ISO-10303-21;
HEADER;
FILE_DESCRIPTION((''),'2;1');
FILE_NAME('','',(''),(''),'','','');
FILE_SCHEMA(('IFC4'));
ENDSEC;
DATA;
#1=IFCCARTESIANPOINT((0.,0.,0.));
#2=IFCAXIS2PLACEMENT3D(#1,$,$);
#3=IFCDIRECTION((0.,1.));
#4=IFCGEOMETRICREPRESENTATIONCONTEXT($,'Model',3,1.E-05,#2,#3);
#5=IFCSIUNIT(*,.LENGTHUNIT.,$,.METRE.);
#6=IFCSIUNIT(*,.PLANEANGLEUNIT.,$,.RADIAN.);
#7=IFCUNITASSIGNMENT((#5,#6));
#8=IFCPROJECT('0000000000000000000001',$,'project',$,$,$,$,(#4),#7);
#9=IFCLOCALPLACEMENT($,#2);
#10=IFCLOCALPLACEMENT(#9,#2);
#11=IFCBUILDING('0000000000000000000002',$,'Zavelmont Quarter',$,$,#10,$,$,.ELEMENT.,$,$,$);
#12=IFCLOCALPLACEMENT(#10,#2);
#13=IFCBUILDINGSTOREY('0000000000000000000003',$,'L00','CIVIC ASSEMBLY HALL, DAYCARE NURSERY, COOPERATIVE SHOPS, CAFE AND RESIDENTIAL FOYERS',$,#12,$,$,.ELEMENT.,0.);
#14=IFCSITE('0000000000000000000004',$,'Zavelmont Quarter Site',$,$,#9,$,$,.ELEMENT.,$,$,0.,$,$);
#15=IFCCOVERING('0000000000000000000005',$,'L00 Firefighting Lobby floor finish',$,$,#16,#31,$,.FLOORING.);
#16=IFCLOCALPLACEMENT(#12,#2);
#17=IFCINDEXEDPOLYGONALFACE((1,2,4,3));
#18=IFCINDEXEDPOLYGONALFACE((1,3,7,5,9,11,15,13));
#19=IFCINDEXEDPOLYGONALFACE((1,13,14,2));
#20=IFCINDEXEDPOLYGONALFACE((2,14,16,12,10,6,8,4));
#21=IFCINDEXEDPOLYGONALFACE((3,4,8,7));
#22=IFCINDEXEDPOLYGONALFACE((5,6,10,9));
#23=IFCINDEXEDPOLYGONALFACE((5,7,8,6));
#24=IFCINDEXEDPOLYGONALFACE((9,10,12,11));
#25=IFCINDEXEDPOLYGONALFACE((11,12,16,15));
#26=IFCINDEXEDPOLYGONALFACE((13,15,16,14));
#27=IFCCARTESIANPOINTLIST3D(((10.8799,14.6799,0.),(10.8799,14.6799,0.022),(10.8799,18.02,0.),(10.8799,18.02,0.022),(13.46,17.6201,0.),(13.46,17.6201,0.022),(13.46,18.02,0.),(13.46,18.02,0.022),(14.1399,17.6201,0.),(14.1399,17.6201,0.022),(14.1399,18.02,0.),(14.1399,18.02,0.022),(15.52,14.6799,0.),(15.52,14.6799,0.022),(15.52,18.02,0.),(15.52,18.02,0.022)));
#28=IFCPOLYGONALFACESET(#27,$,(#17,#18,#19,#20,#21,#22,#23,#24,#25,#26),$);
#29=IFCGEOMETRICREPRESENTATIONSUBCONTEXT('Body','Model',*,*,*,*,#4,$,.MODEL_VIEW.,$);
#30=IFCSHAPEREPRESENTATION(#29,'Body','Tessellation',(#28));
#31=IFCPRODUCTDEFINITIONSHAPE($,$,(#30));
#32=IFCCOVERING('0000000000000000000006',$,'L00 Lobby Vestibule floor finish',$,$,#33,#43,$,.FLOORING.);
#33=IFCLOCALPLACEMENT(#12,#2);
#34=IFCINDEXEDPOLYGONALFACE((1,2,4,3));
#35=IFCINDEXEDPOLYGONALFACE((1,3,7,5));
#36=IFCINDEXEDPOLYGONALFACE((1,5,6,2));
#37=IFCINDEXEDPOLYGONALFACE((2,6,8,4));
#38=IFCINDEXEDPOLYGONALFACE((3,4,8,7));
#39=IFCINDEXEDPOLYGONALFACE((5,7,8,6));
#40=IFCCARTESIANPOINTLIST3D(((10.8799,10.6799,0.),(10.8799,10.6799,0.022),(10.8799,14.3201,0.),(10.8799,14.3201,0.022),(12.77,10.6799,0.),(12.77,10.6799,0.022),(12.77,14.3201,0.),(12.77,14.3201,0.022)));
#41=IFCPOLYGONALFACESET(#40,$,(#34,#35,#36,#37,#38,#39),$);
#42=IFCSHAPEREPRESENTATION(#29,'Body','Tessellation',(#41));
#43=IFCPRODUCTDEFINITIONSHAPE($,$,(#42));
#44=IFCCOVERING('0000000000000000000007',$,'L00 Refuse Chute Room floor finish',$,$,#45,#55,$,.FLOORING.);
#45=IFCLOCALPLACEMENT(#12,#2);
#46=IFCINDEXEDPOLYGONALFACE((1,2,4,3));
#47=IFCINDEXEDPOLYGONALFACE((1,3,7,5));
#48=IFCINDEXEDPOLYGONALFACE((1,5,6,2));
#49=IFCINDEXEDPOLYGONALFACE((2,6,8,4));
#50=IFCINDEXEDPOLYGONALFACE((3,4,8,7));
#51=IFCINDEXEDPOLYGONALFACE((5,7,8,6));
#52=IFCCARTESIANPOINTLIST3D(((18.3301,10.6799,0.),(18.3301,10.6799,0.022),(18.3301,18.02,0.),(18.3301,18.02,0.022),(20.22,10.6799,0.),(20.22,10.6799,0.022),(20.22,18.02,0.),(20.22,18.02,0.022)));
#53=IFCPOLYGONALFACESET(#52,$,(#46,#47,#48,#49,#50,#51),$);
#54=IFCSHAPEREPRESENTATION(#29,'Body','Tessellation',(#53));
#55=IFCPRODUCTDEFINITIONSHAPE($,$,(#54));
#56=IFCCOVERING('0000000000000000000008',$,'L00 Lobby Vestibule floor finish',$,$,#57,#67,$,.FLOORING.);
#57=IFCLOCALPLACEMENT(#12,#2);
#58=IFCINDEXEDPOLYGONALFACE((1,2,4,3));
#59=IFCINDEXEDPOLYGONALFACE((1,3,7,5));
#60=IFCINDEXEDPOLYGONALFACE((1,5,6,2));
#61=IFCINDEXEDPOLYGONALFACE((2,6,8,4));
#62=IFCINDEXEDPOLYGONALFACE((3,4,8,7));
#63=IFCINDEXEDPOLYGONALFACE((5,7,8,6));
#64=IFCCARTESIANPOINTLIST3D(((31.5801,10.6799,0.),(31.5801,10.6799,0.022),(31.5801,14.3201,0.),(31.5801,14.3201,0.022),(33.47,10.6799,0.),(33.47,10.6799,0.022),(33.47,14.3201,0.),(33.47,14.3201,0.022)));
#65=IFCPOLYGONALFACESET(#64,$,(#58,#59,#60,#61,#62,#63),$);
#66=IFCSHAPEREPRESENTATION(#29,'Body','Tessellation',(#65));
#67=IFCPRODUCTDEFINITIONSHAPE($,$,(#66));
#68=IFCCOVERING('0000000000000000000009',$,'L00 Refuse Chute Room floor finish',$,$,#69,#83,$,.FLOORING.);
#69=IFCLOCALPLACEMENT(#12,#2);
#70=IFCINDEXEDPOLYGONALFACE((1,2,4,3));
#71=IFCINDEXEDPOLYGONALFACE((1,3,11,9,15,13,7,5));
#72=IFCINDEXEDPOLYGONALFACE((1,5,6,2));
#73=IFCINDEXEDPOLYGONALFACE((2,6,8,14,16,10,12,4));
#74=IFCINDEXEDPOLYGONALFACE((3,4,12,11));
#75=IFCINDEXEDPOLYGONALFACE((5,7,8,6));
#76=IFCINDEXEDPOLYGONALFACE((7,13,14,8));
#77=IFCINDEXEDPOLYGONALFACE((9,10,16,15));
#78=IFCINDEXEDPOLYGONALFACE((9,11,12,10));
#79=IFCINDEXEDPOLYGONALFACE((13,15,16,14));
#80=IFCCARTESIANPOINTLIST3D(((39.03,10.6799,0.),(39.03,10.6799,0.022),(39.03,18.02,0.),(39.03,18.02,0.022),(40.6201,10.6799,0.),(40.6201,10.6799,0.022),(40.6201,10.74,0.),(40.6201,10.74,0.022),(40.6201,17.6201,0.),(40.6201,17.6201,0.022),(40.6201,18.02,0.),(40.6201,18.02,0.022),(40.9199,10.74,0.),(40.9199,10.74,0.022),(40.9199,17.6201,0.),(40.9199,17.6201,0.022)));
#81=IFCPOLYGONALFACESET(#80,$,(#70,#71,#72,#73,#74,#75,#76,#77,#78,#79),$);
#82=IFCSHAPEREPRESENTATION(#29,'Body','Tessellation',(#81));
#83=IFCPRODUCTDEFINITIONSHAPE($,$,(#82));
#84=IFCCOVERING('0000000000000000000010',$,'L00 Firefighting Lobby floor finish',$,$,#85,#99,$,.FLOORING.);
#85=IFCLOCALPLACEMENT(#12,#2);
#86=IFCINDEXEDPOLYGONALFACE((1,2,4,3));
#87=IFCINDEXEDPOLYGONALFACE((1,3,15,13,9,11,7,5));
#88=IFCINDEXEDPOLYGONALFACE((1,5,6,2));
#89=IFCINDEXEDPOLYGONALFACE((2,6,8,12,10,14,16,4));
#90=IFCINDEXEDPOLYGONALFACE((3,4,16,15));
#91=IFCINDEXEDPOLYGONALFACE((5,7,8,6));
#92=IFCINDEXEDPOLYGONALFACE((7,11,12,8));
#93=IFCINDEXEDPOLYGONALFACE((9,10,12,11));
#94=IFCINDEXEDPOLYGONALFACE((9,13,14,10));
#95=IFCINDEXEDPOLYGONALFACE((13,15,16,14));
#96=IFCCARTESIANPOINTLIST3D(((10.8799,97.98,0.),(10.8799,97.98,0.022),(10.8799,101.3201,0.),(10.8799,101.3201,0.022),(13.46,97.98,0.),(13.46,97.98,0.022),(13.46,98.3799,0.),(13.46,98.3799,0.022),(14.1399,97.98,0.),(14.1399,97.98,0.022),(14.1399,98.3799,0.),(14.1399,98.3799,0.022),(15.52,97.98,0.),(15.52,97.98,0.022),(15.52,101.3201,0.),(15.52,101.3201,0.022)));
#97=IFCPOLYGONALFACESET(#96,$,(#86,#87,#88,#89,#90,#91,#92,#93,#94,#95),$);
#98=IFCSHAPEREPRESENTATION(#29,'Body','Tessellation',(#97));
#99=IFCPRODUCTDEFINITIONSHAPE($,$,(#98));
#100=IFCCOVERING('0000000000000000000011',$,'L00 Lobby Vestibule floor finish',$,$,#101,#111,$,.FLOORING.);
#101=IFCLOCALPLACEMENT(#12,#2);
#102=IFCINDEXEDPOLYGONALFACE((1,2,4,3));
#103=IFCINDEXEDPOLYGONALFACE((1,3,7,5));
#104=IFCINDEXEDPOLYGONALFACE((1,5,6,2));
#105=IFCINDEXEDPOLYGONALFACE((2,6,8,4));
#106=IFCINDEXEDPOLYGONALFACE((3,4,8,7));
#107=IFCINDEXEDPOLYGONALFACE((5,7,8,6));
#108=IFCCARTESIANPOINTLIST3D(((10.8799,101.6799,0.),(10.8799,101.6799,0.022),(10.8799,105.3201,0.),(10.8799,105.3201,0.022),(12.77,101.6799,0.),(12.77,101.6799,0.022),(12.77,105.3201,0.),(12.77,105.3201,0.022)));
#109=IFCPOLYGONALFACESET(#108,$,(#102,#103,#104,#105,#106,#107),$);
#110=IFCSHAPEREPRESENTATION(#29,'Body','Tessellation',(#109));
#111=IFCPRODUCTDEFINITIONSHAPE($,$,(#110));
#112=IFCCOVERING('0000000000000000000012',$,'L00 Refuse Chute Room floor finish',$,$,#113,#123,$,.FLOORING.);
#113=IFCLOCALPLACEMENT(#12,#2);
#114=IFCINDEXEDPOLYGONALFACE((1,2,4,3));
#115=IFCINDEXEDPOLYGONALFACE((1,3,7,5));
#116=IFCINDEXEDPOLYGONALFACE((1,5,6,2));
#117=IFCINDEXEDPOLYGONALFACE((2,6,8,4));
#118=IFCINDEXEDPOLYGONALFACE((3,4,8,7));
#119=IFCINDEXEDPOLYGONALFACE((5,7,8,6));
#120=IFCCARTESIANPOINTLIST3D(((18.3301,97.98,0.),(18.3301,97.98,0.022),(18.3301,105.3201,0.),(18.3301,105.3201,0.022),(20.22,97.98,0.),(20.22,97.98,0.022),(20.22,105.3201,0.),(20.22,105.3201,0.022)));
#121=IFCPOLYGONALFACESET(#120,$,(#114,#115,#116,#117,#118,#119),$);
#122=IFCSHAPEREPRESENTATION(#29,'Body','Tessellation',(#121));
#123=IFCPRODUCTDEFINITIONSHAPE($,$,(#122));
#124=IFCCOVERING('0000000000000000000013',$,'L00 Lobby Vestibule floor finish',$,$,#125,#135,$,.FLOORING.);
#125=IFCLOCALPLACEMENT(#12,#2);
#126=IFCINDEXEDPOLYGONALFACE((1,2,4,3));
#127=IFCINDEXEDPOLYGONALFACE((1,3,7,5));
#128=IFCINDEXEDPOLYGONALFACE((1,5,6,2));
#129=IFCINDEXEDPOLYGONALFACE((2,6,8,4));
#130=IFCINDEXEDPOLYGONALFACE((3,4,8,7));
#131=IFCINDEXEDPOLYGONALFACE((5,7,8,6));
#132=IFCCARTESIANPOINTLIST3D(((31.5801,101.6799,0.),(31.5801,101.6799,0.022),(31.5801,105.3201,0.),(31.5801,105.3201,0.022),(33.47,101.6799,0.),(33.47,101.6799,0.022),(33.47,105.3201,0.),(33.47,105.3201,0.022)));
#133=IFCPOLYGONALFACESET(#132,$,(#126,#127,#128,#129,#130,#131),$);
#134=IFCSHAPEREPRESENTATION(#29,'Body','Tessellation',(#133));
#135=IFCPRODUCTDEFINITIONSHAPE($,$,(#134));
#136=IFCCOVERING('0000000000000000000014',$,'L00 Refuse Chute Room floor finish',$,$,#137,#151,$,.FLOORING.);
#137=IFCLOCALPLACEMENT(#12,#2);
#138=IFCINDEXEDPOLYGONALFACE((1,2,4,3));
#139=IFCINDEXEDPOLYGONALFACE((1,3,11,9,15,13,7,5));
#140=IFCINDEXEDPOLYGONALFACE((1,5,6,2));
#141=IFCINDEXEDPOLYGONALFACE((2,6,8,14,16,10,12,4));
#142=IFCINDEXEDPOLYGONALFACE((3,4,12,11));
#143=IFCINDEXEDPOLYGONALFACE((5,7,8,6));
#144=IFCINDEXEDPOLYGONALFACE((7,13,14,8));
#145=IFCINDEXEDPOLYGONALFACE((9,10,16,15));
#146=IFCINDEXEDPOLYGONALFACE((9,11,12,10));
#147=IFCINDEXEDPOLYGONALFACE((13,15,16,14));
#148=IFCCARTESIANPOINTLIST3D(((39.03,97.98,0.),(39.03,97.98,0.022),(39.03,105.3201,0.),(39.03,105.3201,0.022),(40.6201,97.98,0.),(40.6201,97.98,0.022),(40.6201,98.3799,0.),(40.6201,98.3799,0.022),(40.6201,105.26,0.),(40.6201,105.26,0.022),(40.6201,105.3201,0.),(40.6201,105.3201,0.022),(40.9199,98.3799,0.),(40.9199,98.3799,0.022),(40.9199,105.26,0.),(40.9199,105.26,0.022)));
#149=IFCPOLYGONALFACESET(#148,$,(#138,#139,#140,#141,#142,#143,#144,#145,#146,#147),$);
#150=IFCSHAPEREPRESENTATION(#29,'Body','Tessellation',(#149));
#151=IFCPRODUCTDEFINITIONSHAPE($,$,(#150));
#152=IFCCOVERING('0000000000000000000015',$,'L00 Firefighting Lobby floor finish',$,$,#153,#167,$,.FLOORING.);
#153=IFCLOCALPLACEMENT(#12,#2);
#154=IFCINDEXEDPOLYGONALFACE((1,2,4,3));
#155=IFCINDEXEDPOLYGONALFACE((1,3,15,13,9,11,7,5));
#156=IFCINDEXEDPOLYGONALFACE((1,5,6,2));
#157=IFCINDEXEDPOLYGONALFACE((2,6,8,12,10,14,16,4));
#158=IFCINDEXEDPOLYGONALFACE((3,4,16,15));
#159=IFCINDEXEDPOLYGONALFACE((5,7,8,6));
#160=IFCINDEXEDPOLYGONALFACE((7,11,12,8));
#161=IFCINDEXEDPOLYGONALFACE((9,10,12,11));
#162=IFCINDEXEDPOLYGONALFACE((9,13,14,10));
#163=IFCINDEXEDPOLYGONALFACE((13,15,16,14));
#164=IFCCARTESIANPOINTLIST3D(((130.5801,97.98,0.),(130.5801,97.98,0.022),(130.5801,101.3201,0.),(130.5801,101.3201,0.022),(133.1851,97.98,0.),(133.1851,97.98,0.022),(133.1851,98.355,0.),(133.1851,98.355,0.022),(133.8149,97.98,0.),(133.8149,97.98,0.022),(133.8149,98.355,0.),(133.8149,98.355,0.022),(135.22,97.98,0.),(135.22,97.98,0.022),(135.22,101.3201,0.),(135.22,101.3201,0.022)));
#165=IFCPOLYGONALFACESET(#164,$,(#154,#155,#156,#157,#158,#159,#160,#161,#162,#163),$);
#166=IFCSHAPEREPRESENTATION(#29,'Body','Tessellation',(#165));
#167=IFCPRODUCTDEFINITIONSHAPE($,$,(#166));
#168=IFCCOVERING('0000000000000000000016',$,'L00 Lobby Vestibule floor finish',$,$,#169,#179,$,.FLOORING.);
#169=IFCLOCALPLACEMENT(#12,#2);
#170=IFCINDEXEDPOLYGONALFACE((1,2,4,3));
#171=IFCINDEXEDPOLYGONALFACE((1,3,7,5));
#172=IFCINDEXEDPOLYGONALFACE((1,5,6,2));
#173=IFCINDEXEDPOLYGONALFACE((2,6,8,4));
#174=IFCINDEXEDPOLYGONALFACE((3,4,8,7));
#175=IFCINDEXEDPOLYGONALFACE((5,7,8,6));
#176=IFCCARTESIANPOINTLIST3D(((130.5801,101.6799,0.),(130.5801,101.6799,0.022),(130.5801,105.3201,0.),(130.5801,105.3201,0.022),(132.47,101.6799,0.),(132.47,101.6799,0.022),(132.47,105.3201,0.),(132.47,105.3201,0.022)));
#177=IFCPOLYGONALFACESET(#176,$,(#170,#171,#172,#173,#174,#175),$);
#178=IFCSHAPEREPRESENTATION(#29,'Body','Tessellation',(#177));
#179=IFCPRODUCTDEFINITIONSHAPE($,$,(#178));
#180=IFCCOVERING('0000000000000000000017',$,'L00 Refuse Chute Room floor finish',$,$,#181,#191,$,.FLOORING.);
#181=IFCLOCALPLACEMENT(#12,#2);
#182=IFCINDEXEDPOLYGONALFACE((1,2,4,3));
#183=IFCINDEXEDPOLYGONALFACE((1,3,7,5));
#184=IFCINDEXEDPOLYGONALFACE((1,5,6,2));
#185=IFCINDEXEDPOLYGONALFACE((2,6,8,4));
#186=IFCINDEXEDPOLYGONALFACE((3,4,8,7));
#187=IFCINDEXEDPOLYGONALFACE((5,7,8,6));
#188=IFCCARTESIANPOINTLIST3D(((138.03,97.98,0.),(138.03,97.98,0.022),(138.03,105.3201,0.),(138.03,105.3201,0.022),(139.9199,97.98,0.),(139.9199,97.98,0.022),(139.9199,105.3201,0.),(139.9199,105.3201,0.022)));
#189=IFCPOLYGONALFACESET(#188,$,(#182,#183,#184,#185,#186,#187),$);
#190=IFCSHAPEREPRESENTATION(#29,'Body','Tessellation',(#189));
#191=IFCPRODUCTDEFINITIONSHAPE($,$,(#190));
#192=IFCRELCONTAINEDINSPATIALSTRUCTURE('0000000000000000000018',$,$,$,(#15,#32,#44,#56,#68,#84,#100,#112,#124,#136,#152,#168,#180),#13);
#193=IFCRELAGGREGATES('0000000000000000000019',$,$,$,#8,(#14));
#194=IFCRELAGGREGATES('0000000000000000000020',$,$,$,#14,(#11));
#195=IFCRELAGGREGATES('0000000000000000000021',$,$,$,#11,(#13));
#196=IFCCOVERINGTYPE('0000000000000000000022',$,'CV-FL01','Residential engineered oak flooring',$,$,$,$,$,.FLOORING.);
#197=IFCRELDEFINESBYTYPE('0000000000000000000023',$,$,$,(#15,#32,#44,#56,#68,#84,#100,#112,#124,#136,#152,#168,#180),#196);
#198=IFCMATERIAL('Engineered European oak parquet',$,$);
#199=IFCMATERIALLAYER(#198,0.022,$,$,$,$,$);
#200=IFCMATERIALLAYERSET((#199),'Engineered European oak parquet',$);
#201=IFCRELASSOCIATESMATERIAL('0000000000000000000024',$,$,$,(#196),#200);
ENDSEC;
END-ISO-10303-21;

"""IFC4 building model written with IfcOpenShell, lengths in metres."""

from ifc_helpers import new_model, si_unit, direction, origin, place, context, subcontext, project, spatial, polyline, outline, extrude, material, layer, layer_set, type_object, element, save


model = new_model("IFC4")

# Units and contexts
model_context = context("Model", 3, precision=1e-05, world=origin(), true_north=direction((0.0, 1.0)))
body_context = subcontext(model_context, "Body", "Model", "MODEL_VIEW")
ifc_project = project(units=[si_unit("LENGTHUNIT", "METRE"), si_unit("PLANEANGLEUNIT", "RADIAN")], contexts=[model_context])

# Site, building, storey
site_placement = place(None, origin())
site = spatial("IfcSite", under=ifc_project, at=site_placement, Name="Zavelmont Quarter Site", CompositionType="ELEMENT", RefElevation=0.0)
building_placement = place(site_placement, origin())
building = spatial("IfcBuilding", under=site, at=building_placement, Name="Zavelmont Quarter", CompositionType="ELEMENT")
storey_placement = place(building_placement, origin())
storey = spatial("IfcBuildingStorey", under=building, at=storey_placement, Name="L00", Description="CIVIC ASSEMBLY HALL, DAYCARE NURSERY, COOPERATIVE SHOPS, CAFE AND RESIDENTIAL FOYERS", CompositionType="ELEMENT", Elevation=0.0)

# Coverings
ifc_material_1 = material(Name="Engineered European oak parquet")
ifc_layer_1 = layer(ifc_material_1, 0.022)
ifc_layer_set_1 = layer_set([ifc_layer_1], Name="Engineered European oak parquet")
covering_type_1 = type_object("IfcCoveringType", Name="CV-FL01", Description="Residential engineered oak flooring", PredefinedType="FLOORING", material=ifc_layer_set_1)
covering_1_placement = place(storey_placement, origin())
element("IfcCovering", 1, at=covering_1_placement, inside=storey, type_object=covering_type_1, Name="L00 Firefighting Lobby floor finish", PredefinedType="FLOORING", context=body_context, shape_type="SweptSolid", body=[
    extrude(outline(polyline([(10.8799, 18.02), (13.46, 18.02), (13.46, 17.6201), (14.1399, 17.6201), (14.1399, 18.02), (15.52, 18.02), (15.52, 14.6799), (10.8799, 14.6799), (10.8799, 18.02)])), origin(), (0.0, 0.0, 1.0), 0.022),
])
covering_2_placement = place(storey_placement, origin())
element("IfcCovering", 2, at=covering_2_placement, inside=storey, type_object=covering_type_1, Name="L00 Lobby Vestibule floor finish", PredefinedType="FLOORING", context=body_context, shape_type="SweptSolid", body=[
    extrude(outline(polyline([(10.8799, 14.3201), (12.77, 14.3201), (12.77, 10.6799), (10.8799, 10.6799), (10.8799, 14.3201)])), origin(), (0.0, 0.0, 1.0), 0.022),
])
covering_3_placement = place(storey_placement, origin())
element("IfcCovering", 3, at=covering_3_placement, inside=storey, type_object=covering_type_1, Name="L00 Refuse Chute Room floor finish", PredefinedType="FLOORING", context=body_context, shape_type="SweptSolid", body=[
    extrude(outline(polyline([(18.3301, 18.02), (20.22, 18.02), (20.22, 10.6799), (18.3301, 10.6799), (18.3301, 18.02)])), origin(), (0.0, 0.0, 1.0), 0.022),
])
covering_4_placement = place(storey_placement, origin())
element("IfcCovering", 4, at=covering_4_placement, inside=storey, type_object=covering_type_1, Name="L00 Lobby Vestibule floor finish", PredefinedType="FLOORING", context=body_context, shape_type="SweptSolid", body=[
    extrude(outline(polyline([(31.5801, 14.3201), (33.47, 14.3201), (33.47, 10.6799), (31.5801, 10.6799), (31.5801, 14.3201)])), origin(), (0.0, 0.0, 1.0), 0.022),
])
covering_5_placement = place(storey_placement, origin())
element("IfcCovering", 5, at=covering_5_placement, inside=storey, type_object=covering_type_1, Name="L00 Refuse Chute Room floor finish", PredefinedType="FLOORING", context=body_context, shape_type="SweptSolid", body=[
    extrude(outline(polyline([(39.03, 18.02), (40.6201, 18.02), (40.6201, 17.6201), (40.9199, 17.6201), (40.9199, 10.74), (40.6201, 10.74), (40.6201, 10.6799), (39.03, 10.6799), (39.03, 18.02)])), origin(), (0.0, 0.0, 1.0), 0.022),
])
covering_6_placement = place(storey_placement, origin())
element("IfcCovering", 6, at=covering_6_placement, inside=storey, type_object=covering_type_1, Name="L00 Firefighting Lobby floor finish", PredefinedType="FLOORING", context=body_context, shape_type="SweptSolid", body=[
    extrude(outline(polyline([(10.8799, 101.3201), (15.52, 101.3201), (15.52, 97.98), (14.1399, 97.98), (14.1399, 98.3799), (13.46, 98.3799), (13.46, 97.98), (10.8799, 97.98), (10.8799, 101.3201)])), origin(), (0.0, 0.0, 1.0), 0.022),
])
covering_7_placement = place(storey_placement, origin())
element("IfcCovering", 7, at=covering_7_placement, inside=storey, type_object=covering_type_1, Name="L00 Lobby Vestibule floor finish", PredefinedType="FLOORING", context=body_context, shape_type="SweptSolid", body=[
    extrude(outline(polyline([(10.8799, 105.3201), (12.77, 105.3201), (12.77, 101.6799), (10.8799, 101.6799), (10.8799, 105.3201)])), origin(), (0.0, 0.0, 1.0), 0.022),
])
covering_8_placement = place(storey_placement, origin())
element("IfcCovering", 8, at=covering_8_placement, inside=storey, type_object=covering_type_1, Name="L00 Refuse Chute Room floor finish", PredefinedType="FLOORING", context=body_context, shape_type="SweptSolid", body=[
    extrude(outline(polyline([(18.3301, 105.3201), (20.22, 105.3201), (20.22, 97.98), (18.3301, 97.98), (18.3301, 105.3201)])), origin(), (0.0, 0.0, 1.0), 0.022),
])
covering_9_placement = place(storey_placement, origin())
element("IfcCovering", 9, at=covering_9_placement, inside=storey, type_object=covering_type_1, Name="L00 Lobby Vestibule floor finish", PredefinedType="FLOORING", context=body_context, shape_type="SweptSolid", body=[
    extrude(outline(polyline([(31.5801, 105.3201), (33.47, 105.3201), (33.47, 101.6799), (31.5801, 101.6799), (31.5801, 105.3201)])), origin(), (0.0, 0.0, 1.0), 0.022),
])
covering_10_placement = place(storey_placement, origin())
element("IfcCovering", 10, at=covering_10_placement, inside=storey, type_object=covering_type_1, Name="L00 Refuse Chute Room floor finish", PredefinedType="FLOORING", context=body_context, shape_type="SweptSolid", body=[
    extrude(outline(polyline([(39.03, 105.3201), (40.6201, 105.3201), (40.6201, 105.26), (40.9199, 105.26), (40.9199, 98.3799), (40.6201, 98.3799), (40.6201, 97.98), (39.03, 97.98), (39.03, 105.3201)])), origin(), (0.0, 0.0, 1.0), 0.022),
])
covering_11_placement = place(storey_placement, origin())
element("IfcCovering", 11, at=covering_11_placement, inside=storey, type_object=covering_type_1, Name="L00 Firefighting Lobby floor finish", PredefinedType="FLOORING", context=body_context, shape_type="SweptSolid", body=[
    extrude(outline(polyline([(130.5801, 101.3201), (135.22, 101.3201), (135.22, 97.98), (133.8149, 97.98), (133.8149, 98.355), (133.1851, 98.355), (133.1851, 97.98), (130.5801, 97.98), (130.5801, 101.3201)])), origin(), (0.0, 0.0, 1.0), 0.022),
])
covering_12_placement = place(storey_placement, origin())
element("IfcCovering", 12, at=covering_12_placement, inside=storey, type_object=covering_type_1, Name="L00 Lobby Vestibule floor finish", PredefinedType="FLOORING", context=body_context, shape_type="SweptSolid", body=[
    extrude(outline(polyline([(130.5801, 105.3201), (132.47, 105.3201), (132.47, 101.6799), (130.5801, 101.6799), (130.5801, 105.3201)])), origin(), (0.0, 0.0, 1.0), 0.022),
])
covering_13_placement = place(storey_placement, origin())
element("IfcCovering", 13, at=covering_13_placement, inside=storey, type_object=covering_type_1, Name="L00 Refuse Chute Room floor finish", PredefinedType="FLOORING", context=body_context, shape_type="SweptSolid", body=[
    extrude(outline(polyline([(138.03, 105.3201), (139.9199, 105.3201), (139.9199, 97.98), (138.03, 97.98), (138.03, 105.3201)])), origin(), (0.0, 0.0, 1.0), 0.022),
])

save(model, "model.ifc")
